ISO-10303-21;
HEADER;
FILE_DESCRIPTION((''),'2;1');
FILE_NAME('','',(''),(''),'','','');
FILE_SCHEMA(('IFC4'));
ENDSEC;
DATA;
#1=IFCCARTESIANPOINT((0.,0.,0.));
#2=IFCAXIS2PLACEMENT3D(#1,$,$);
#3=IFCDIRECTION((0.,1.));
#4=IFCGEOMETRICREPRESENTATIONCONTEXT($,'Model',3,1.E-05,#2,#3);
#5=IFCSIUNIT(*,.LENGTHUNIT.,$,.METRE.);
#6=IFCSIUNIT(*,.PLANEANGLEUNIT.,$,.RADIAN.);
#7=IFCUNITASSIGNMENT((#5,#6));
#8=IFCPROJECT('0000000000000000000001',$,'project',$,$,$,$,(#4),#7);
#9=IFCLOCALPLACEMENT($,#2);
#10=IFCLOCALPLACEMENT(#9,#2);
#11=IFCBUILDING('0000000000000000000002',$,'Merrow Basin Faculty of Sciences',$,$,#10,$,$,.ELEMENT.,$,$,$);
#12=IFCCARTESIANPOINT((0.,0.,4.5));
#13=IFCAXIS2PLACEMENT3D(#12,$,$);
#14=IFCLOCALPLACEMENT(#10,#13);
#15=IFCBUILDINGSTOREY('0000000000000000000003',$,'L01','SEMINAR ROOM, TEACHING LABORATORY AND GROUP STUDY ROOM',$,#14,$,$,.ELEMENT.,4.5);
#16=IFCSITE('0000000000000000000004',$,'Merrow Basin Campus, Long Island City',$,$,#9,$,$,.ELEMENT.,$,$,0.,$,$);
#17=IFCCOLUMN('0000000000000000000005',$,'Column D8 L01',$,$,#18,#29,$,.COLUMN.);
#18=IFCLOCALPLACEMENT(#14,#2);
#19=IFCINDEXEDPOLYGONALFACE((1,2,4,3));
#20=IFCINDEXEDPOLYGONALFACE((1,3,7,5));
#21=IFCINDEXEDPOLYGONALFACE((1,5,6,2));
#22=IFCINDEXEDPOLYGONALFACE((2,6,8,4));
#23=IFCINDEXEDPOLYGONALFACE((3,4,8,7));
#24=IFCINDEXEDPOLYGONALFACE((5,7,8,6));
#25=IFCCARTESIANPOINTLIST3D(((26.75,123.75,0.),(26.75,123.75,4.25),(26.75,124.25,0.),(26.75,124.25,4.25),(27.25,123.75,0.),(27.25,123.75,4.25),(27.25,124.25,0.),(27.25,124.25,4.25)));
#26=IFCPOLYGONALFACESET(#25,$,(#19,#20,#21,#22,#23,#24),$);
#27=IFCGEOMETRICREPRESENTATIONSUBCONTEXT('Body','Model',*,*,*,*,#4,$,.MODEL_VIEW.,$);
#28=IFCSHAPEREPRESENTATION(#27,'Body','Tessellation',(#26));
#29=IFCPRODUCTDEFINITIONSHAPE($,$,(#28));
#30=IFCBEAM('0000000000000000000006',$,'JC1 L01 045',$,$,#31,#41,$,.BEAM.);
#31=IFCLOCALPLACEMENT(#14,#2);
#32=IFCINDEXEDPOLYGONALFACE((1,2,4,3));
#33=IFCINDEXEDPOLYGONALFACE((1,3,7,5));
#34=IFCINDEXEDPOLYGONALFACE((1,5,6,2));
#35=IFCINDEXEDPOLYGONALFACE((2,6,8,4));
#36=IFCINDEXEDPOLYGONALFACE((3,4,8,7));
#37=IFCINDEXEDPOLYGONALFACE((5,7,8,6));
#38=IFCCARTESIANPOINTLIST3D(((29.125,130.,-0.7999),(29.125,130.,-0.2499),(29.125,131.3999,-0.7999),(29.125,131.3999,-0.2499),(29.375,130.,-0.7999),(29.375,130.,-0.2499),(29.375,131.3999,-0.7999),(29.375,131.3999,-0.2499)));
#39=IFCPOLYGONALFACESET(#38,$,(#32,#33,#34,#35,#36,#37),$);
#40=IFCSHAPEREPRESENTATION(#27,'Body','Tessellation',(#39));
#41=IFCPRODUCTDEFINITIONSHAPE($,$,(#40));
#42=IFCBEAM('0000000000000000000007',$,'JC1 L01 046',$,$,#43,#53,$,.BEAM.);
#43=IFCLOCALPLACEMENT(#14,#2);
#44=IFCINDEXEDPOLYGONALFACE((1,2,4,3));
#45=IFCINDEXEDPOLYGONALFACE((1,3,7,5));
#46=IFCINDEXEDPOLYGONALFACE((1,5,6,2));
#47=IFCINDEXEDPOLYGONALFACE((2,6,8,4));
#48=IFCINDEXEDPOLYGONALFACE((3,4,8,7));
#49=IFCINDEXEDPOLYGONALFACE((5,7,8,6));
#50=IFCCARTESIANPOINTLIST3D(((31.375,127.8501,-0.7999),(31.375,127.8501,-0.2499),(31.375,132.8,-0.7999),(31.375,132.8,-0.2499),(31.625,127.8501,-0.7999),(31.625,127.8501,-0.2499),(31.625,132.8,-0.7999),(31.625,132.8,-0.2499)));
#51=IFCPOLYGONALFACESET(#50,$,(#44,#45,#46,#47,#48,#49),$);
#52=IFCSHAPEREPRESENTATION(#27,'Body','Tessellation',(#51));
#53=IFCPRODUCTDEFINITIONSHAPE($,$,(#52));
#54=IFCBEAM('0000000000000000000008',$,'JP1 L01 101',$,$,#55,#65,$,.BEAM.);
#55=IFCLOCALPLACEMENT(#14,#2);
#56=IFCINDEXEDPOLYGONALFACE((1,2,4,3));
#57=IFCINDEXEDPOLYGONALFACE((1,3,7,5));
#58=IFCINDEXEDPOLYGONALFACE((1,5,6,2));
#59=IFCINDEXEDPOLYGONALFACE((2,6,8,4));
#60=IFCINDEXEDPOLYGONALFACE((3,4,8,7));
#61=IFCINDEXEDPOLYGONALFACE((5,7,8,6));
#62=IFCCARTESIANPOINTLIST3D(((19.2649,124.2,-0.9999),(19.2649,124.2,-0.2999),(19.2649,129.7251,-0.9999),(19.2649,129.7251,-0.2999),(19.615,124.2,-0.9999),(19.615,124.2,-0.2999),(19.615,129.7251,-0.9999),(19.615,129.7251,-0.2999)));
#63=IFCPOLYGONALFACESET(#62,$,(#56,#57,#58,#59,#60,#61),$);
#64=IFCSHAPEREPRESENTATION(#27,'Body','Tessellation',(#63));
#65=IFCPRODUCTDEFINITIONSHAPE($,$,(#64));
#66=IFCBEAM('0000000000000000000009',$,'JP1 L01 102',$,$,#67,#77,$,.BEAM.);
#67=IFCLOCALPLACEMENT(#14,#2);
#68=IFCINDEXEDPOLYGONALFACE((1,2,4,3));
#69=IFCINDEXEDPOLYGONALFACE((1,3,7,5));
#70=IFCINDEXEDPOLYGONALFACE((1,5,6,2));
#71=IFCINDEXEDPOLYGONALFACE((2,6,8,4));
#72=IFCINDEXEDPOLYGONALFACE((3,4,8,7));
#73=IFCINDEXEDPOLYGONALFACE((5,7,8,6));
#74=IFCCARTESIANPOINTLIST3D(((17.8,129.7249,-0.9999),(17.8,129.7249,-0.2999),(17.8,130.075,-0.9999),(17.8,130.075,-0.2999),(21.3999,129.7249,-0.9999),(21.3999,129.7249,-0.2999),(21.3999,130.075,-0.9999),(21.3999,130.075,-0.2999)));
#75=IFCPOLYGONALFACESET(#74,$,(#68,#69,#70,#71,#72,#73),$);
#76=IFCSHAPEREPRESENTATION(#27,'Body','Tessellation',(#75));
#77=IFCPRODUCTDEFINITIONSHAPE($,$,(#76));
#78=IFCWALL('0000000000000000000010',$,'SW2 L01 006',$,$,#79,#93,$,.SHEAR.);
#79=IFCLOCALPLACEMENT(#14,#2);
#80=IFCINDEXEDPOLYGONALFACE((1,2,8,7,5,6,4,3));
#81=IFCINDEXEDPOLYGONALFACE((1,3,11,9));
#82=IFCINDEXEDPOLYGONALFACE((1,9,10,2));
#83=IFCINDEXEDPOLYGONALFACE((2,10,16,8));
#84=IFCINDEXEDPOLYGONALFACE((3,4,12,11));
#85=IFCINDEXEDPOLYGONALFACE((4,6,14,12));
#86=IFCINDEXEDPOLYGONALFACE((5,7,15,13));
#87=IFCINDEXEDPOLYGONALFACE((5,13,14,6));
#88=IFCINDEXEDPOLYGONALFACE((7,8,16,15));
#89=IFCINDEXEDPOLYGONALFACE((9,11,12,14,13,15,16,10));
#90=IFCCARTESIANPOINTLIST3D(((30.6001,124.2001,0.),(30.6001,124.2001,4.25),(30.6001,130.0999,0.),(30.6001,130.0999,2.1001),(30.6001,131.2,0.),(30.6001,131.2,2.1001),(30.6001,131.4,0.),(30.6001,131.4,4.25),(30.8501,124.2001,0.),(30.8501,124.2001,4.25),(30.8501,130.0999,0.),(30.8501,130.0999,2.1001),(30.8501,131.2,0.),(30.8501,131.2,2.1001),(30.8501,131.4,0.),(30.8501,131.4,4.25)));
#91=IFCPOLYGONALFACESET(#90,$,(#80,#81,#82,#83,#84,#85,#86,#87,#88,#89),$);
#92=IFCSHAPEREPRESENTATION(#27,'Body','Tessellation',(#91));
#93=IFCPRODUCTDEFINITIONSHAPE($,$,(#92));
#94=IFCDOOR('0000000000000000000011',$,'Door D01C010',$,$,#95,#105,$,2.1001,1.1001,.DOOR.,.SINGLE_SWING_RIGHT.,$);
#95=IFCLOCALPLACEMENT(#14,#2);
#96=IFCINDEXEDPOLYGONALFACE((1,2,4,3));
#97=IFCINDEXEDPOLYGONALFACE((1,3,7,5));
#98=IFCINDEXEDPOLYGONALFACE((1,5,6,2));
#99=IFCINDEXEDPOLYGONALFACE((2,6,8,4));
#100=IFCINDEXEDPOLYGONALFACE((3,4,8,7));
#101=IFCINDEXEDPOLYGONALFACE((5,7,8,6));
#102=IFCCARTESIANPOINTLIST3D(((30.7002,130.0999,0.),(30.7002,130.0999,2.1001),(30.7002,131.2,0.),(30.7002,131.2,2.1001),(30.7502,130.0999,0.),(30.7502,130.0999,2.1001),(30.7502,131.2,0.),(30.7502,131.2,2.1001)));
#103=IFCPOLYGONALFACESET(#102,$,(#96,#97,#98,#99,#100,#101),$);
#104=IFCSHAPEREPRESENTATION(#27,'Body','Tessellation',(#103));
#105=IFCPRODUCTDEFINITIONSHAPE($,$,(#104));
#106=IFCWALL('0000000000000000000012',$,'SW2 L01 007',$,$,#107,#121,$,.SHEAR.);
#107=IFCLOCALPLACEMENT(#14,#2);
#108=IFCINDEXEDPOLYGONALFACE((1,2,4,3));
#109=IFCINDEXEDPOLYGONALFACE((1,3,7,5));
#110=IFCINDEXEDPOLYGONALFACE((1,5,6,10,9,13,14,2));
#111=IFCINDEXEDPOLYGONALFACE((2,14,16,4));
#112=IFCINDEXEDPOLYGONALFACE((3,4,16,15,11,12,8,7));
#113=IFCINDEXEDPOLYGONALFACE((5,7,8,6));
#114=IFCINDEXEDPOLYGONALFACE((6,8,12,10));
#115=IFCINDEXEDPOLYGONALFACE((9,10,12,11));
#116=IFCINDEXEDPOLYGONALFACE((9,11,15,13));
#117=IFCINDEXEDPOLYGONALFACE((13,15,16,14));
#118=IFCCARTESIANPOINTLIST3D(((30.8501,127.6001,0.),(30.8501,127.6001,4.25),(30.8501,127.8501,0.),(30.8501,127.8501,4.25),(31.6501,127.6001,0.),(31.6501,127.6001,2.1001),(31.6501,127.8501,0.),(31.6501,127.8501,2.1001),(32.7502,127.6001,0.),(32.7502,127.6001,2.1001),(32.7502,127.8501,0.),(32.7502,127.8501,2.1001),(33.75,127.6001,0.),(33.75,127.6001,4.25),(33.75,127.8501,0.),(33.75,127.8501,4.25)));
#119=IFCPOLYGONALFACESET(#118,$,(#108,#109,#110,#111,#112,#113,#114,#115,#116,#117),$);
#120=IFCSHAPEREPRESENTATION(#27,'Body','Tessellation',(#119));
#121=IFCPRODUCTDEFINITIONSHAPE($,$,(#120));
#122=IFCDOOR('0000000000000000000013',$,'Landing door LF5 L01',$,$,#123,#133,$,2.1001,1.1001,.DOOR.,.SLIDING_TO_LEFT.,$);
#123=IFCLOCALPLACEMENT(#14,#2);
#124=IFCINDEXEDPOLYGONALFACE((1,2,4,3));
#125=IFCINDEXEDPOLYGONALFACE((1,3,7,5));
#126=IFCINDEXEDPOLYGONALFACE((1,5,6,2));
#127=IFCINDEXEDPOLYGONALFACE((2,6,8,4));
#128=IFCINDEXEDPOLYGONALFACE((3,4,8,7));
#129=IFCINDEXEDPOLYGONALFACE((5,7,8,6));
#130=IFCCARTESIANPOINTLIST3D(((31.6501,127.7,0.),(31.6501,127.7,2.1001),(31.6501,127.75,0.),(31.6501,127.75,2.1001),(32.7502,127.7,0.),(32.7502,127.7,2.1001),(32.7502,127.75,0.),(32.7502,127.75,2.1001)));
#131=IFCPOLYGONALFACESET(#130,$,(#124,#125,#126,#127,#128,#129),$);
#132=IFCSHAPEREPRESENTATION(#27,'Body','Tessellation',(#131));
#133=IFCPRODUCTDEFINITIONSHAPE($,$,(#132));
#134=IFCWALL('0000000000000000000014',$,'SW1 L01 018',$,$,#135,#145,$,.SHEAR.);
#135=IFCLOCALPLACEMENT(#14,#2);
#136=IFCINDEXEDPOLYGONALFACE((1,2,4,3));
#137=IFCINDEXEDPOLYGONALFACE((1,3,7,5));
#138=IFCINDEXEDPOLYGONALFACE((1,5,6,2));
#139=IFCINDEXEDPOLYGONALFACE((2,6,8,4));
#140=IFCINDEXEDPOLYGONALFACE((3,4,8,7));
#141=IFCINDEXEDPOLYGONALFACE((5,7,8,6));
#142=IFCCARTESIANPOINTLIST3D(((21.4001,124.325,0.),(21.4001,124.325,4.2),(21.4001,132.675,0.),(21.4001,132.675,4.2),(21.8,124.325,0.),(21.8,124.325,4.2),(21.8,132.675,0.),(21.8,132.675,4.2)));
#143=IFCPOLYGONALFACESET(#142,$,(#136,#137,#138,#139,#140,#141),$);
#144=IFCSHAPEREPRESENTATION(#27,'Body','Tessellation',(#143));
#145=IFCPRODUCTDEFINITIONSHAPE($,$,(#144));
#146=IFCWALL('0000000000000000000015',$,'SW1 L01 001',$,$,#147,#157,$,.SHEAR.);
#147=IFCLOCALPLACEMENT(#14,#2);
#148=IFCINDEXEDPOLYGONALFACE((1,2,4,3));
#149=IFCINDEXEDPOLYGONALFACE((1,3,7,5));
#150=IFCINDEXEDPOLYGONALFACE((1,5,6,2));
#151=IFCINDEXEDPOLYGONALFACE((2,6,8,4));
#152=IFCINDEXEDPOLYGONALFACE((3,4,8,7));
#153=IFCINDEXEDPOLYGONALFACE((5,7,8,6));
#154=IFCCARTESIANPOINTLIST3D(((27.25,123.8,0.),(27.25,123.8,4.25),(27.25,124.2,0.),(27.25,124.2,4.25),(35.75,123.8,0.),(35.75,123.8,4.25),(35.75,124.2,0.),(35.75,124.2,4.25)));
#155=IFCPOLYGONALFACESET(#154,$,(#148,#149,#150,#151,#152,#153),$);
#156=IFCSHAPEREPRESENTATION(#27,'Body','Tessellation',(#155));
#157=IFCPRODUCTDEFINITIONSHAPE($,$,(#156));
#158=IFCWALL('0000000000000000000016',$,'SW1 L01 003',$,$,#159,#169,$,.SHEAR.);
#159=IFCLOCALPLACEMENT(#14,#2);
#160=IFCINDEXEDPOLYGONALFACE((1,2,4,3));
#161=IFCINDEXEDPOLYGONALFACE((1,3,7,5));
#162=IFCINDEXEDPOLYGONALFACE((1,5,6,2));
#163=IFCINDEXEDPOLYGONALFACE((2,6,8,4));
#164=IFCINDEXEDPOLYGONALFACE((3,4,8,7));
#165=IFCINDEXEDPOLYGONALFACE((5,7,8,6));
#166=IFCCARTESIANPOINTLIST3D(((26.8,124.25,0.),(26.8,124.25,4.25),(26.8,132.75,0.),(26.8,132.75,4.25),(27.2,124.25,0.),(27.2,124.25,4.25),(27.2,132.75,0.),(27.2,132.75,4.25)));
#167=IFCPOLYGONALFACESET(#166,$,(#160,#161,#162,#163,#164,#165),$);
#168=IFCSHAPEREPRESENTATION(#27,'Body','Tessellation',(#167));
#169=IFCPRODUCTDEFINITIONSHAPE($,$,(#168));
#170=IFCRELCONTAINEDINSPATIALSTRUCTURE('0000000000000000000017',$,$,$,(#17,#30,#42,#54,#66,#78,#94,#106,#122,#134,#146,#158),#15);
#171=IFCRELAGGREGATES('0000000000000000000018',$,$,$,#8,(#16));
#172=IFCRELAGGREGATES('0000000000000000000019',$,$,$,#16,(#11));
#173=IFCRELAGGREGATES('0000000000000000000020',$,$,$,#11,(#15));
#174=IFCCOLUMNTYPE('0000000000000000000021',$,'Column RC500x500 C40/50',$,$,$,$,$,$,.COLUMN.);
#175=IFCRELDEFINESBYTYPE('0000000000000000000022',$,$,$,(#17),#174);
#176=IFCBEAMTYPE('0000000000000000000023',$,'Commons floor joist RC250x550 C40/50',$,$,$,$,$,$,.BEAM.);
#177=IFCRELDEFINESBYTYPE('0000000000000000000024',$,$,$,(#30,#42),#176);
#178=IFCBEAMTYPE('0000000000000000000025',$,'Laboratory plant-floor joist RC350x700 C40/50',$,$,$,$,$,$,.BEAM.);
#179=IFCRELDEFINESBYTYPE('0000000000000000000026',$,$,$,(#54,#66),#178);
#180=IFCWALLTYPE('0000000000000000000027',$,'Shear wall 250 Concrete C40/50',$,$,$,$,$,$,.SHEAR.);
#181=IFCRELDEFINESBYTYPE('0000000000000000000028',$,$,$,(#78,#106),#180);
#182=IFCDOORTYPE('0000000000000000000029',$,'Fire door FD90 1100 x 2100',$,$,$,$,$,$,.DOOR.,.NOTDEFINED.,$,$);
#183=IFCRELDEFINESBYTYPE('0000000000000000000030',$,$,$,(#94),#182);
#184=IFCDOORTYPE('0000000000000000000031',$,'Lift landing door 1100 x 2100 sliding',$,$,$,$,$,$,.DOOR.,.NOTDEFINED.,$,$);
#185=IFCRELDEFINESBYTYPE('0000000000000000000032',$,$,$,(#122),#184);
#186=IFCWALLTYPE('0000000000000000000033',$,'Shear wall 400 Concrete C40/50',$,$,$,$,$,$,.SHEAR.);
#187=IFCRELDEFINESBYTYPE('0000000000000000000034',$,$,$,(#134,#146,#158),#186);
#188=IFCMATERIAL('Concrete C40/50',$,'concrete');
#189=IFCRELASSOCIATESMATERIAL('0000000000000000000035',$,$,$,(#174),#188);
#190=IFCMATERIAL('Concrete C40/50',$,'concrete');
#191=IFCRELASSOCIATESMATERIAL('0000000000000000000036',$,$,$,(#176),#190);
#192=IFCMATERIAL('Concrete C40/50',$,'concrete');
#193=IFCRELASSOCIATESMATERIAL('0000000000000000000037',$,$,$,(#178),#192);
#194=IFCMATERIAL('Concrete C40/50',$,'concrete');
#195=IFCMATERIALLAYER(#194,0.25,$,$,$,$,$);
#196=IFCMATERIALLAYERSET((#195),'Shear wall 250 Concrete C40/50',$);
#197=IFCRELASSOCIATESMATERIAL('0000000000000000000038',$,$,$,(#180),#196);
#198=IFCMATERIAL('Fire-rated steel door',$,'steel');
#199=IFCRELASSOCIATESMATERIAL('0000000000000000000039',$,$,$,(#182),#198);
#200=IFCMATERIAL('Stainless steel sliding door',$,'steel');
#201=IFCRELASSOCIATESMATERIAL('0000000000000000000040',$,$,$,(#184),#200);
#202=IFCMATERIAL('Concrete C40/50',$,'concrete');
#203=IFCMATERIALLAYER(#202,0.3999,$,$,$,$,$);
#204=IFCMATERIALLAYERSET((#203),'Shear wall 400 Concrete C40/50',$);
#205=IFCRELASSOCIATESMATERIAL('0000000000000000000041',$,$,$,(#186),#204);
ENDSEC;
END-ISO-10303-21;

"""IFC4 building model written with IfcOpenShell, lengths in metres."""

from ifc_helpers import new_model, si_unit, direction, frame, frame_2d, origin, origin_2d, place, context, subcontext, project, spatial, rectangle, extrude, material, layer, layer_set, material_profile, profile_set, type_object, element, fill, save


model = new_model("IFC4")

# Units and contexts
model_context = context("Model", 3, precision=1e-05, world=origin(), true_north=direction((0.0, 1.0)))
body_context = subcontext(model_context, "Body", "Model", "MODEL_VIEW")
ifc_project = project(units=[si_unit("LENGTHUNIT", "METRE"), si_unit("PLANEANGLEUNIT", "RADIAN")], contexts=[model_context])

# Site, building, storey
site_placement = place(None, origin())
site = spatial("IfcSite", under=ifc_project, at=site_placement, Name="Merrow Basin Campus, Long Island City", CompositionType="ELEMENT", RefElevation=0.0)
building_placement = place(site_placement, origin())
building = spatial("IfcBuilding", under=site, at=building_placement, Name="Merrow Basin Faculty of Sciences", CompositionType="ELEMENT")
storey_placement = place(building_placement, frame((0.0, 0.0, 4.5)))
storey = spatial("IfcBuildingStorey", under=building, at=storey_placement, Name="L01", Description="SEMINAR ROOM, TEACHING LABORATORY AND GROUP STUDY ROOM", CompositionType="ELEMENT", Elevation=4.5)

# Column
ifc_material_1 = material(Name="Concrete C40/50", Category="concrete")
ifc_material_profile_1 = material_profile(ifc_material_1, rectangle(XDim=0.5, YDim=0.5, at=origin_2d()))
ifc_profile_set_1 = profile_set([ifc_material_profile_1], Name="Concrete C40/50")
column_type = type_object("IfcColumnType", Name="Column RC500x500 C40/50", PredefinedType="COLUMN", material=ifc_profile_set_1)
column_placement = place(storey_placement, frame((27.0, 124.0, 0.0), z_axis=(0.0, 0.0, 1.0), x_axis=(1.0, 0.0, 0.0)))
element("IfcColumn", 1, at=column_placement, inside=storey, type_object=column_type, Name="Column D8 L01", PredefinedType="COLUMN", context=body_context, shape_type="SweptSolid", body=[
    extrude(rectangle(XDim=0.5, YDim=0.5, at=origin_2d()), origin(), (0.0, 0.0, 1.0), 4.25),
])

# Beams
ifc_material_2 = material(Name="Concrete C40/50", Category="concrete")
ifc_material_profile_2 = material_profile(ifc_material_2, rectangle(XDim=0.25, YDim=0.55, at=origin_2d()))
ifc_profile_set_2 = profile_set([ifc_material_profile_2], Name="Concrete C40/50")
beam_type_1 = type_object("IfcBeamType", Name="Commons floor joist RC250x550 C40/50", PredefinedType="BEAM", material=ifc_profile_set_2)
beam_1_placement = place(storey_placement, frame((29.25, 130.0, -0.5249), z_axis=(0.0, 1.0, 0.0), x_axis=(-1.0, 0.0, 0.0)))
element("IfcBeam", 2, at=beam_1_placement, inside=storey, type_object=beam_type_1, Name="JC1 L01 045", PredefinedType="BEAM", context=body_context, shape_type="SweptSolid", body=[
    extrude(rectangle(XDim=0.25, YDim=0.55, at=origin_2d()), origin(), (0.0, 0.0, 1.0), 1.3999),
])
beam_2_placement = place(storey_placement, frame((31.5, 127.8501, -0.5249), z_axis=(0.0, 1.0, 0.0), x_axis=(-1.0, 0.0, 0.0)))
element("IfcBeam", 3, at=beam_2_placement, inside=storey, type_object=beam_type_1, Name="JC1 L01 046", PredefinedType="BEAM", context=body_context, shape_type="SweptSolid", body=[
    extrude(rectangle(XDim=0.25, YDim=0.55, at=origin_2d()), origin(), (0.0, 0.0, 1.0), 4.95),
])
ifc_material_3 = material(Name="Concrete C40/50", Category="concrete")
ifc_material_profile_3 = material_profile(ifc_material_3, rectangle(XDim=0.3501, YDim=0.7, at=origin_2d()))
ifc_profile_set_3 = profile_set([ifc_material_profile_3], Name="Concrete C40/50")
beam_type_2 = type_object("IfcBeamType", Name="Laboratory plant-floor joist RC350x700 C40/50", PredefinedType="BEAM", material=ifc_profile_set_3)
beam_3_placement = place(storey_placement, frame((19.4399, 124.2, -0.6499), z_axis=(0.0, 1.0, 0.0), x_axis=(-1.0, 0.0, 0.0)))
element("IfcBeam", 4, at=beam_3_placement, inside=storey, type_object=beam_type_2, Name="JP1 L01 101", PredefinedType="BEAM", context=body_context, shape_type="SweptSolid", body=[
    extrude(rectangle(XDim=0.3501, YDim=0.7, at=origin_2d()), origin(), (0.0, 0.0, 1.0), 5.5251),
])
beam_4_placement = place(storey_placement, frame((17.8, 129.8999, -0.6499), z_axis=(1.0, 0.0, 0.0), x_axis=(0.0, 1.0, 0.0)))
element("IfcBeam", 5, at=beam_4_placement, inside=storey, type_object=beam_type_2, Name="JP1 L01 102", PredefinedType="BEAM", context=body_context, shape_type="SweptSolid", body=[
    extrude(rectangle(XDim=0.3501, YDim=0.7, at=origin_2d()), origin(), (0.0, 0.0, 1.0), 3.5999),
])

# Walls, openings, doors
ifc_material_4 = material(Name="Concrete C40/50", Category="concrete")
ifc_layer_1 = layer(ifc_material_4, 0.25)
ifc_layer_set_1 = layer_set([ifc_layer_1], Name="Shear wall 250 Concrete C40/50")
wall_type_1 = type_object("IfcWallType", Name="Shear wall 250 Concrete C40/50", PredefinedType="SHEAR", material=ifc_layer_set_1)
wall_1_placement = place(storey_placement, frame((30.7251, 124.2, 0.0), z_axis=(0.0, 0.0, 1.0), x_axis=(0.0, 1.0, 0.0)))
wall_1 = element("IfcWall", 6, at=wall_1_placement, inside=storey, type_object=wall_type_1, Name="SW2 L01 006", PredefinedType="SHEAR", context=body_context, shape_type="SweptSolid", body=[
    extrude(rectangle(XDim=7.2, YDim=0.25, at=frame_2d((3.6001, 0.0))), origin(), (0.0, 0.0, 1.0), 4.25),
])
opening_1_placement = place(wall_1_placement, frame((5.8999, 0.0, 0.0)))
opening_1 = element("IfcOpeningElement", 7, at=opening_1_placement, cuts=wall_1, PredefinedType="OPENING", context=body_context, shape_type="SweptSolid", body=[
    extrude(rectangle(XDim=1.1001, YDim=2.1001, at=frame_2d((0.55, 1.05))), frame((0.0, 0.135, 0.0), z_axis=(0.0, -1.0, 0.0), x_axis=(1.0, 0.0, 0.0)), (0.0, 0.0, 1.0), 0.27),
])
ifc_material_5 = material(Name="Fire-rated steel door", Category="steel")
door_type_1 = type_object("IfcDoorType", Name="Fire door FD90 1100 x 2100", OperationType="NOTDEFINED", PredefinedType="DOOR", material=ifc_material_5)
door_1_placement = place(opening_1_placement, origin())
door_1 = element("IfcDoor", 8, at=door_1_placement, inside=storey, type_object=door_type_1, Name="Door D01C010", OperationType="SINGLE_SWING_RIGHT", OverallHeight=2.1001, OverallWidth=1.1001, PredefinedType="DOOR", context=body_context, shape_type="SweptSolid", body=[
    extrude(rectangle(XDim=1.1001, YDim=2.1001, at=frame_2d((0.55, 1.05))), frame((0.0, 0.0249, 0.0), z_axis=(0.0, -1.0, 0.0), x_axis=(1.0, 0.0, 0.0)), (0.0, 0.0, 1.0), 0.05),
])
fill(opening_1, door_1)
wall_2_placement = place(storey_placement, frame((30.8501, 127.7251, 0.0), z_axis=(0.0, 0.0, 1.0), x_axis=(1.0, 0.0, 0.0)))
wall_2 = element("IfcWall", 9, at=wall_2_placement, inside=storey, type_object=wall_type_1, Name="SW2 L01 007", PredefinedType="SHEAR", context=body_context, shape_type="SweptSolid", body=[
    extrude(rectangle(XDim=2.8999, YDim=0.25, at=frame_2d((1.45, 0.0))), origin(), (0.0, 0.0, 1.0), 4.25),
])
opening_2_placement = place(wall_2_placement, frame((0.8, 0.0, 0.0)))
opening_2 = element("IfcOpeningElement", 10, at=opening_2_placement, cuts=wall_2, PredefinedType="OPENING", context=body_context, shape_type="SweptSolid", body=[
    extrude(rectangle(XDim=1.1001, YDim=2.1001, at=frame_2d((0.55, 1.05))), frame((0.0, 0.135, 0.0), z_axis=(0.0, -1.0, 0.0), x_axis=(1.0, 0.0, 0.0)), (0.0, 0.0, 1.0), 0.27),
])
ifc_material_6 = material(Name="Stainless steel sliding door", Category="steel")
door_type_2 = type_object("IfcDoorType", Name="Lift landing door 1100 x 2100 sliding", OperationType="NOTDEFINED", PredefinedType="DOOR", material=ifc_material_6)
door_2_placement = place(opening_2_placement, origin())
door_2 = element("IfcDoor", 11, at=door_2_placement, inside=storey, type_object=door_type_2, Name="Landing door LF5 L01", OperationType="SLIDING_TO_LEFT", OverallHeight=2.1001, OverallWidth=1.1001, PredefinedType="DOOR", context=body_context, shape_type="SweptSolid", body=[
    extrude(rectangle(XDim=1.1001, YDim=2.1001, at=frame_2d((0.55, 1.05))), frame((0.0, 0.0249, 0.0), z_axis=(0.0, -1.0, 0.0), x_axis=(1.0, 0.0, 0.0)), (0.0, 0.0, 1.0), 0.05),
])
fill(opening_2, door_2)

# Walls
ifc_material_7 = material(Name="Concrete C40/50", Category="concrete")
ifc_layer_2 = layer(ifc_material_7, 0.3999)
ifc_layer_set_2 = layer_set([ifc_layer_2], Name="Shear wall 400 Concrete C40/50")
wall_type_2 = type_object("IfcWallType", Name="Shear wall 400 Concrete C40/50", PredefinedType="SHEAR", material=ifc_layer_set_2)
wall_3_placement = place(storey_placement, frame((21.6001, 124.325, 0.0), z_axis=(0.0, 0.0, 1.0), x_axis=(0.0, 1.0, 0.0)))
element("IfcWall", 12, at=wall_3_placement, inside=storey, type_object=wall_type_2, Name="SW1 L01 018", PredefinedType="SHEAR", context=body_context, shape_type="SweptSolid", body=[
    extrude(rectangle(XDim=8.3501, YDim=0.3999, at=frame_2d((4.175, 0.0))), origin(), (0.0, 0.0, 1.0), 4.2),
])
for number, where, z_axis, x_axis, name in (
    (13, (27.25, 124.0, 0.0), (0.0, 0.0, 1.0), (1.0, 0.0, 0.0), "SW1 L01 001"),
    (14, (27.0, 124.25, 0.0), (0.0, 0.0, 1.0), (0.0, 1.0, 0.0), "SW1 L01 003"),
):
    element("IfcWall", number, at=place(storey_placement, frame(where, z_axis=z_axis, x_axis=x_axis)), inside=storey, type_object=wall_type_2, Name=name, PredefinedType="SHEAR", context=body_context, shape_type="SweptSolid", body=[
        extrude(rectangle(XDim=8.5, YDim=0.3999, at=frame_2d((4.25, 0.0))), origin(), (0.0, 0.0, 1.0), 4.25),
    ])

save(model, "model.ifc")
